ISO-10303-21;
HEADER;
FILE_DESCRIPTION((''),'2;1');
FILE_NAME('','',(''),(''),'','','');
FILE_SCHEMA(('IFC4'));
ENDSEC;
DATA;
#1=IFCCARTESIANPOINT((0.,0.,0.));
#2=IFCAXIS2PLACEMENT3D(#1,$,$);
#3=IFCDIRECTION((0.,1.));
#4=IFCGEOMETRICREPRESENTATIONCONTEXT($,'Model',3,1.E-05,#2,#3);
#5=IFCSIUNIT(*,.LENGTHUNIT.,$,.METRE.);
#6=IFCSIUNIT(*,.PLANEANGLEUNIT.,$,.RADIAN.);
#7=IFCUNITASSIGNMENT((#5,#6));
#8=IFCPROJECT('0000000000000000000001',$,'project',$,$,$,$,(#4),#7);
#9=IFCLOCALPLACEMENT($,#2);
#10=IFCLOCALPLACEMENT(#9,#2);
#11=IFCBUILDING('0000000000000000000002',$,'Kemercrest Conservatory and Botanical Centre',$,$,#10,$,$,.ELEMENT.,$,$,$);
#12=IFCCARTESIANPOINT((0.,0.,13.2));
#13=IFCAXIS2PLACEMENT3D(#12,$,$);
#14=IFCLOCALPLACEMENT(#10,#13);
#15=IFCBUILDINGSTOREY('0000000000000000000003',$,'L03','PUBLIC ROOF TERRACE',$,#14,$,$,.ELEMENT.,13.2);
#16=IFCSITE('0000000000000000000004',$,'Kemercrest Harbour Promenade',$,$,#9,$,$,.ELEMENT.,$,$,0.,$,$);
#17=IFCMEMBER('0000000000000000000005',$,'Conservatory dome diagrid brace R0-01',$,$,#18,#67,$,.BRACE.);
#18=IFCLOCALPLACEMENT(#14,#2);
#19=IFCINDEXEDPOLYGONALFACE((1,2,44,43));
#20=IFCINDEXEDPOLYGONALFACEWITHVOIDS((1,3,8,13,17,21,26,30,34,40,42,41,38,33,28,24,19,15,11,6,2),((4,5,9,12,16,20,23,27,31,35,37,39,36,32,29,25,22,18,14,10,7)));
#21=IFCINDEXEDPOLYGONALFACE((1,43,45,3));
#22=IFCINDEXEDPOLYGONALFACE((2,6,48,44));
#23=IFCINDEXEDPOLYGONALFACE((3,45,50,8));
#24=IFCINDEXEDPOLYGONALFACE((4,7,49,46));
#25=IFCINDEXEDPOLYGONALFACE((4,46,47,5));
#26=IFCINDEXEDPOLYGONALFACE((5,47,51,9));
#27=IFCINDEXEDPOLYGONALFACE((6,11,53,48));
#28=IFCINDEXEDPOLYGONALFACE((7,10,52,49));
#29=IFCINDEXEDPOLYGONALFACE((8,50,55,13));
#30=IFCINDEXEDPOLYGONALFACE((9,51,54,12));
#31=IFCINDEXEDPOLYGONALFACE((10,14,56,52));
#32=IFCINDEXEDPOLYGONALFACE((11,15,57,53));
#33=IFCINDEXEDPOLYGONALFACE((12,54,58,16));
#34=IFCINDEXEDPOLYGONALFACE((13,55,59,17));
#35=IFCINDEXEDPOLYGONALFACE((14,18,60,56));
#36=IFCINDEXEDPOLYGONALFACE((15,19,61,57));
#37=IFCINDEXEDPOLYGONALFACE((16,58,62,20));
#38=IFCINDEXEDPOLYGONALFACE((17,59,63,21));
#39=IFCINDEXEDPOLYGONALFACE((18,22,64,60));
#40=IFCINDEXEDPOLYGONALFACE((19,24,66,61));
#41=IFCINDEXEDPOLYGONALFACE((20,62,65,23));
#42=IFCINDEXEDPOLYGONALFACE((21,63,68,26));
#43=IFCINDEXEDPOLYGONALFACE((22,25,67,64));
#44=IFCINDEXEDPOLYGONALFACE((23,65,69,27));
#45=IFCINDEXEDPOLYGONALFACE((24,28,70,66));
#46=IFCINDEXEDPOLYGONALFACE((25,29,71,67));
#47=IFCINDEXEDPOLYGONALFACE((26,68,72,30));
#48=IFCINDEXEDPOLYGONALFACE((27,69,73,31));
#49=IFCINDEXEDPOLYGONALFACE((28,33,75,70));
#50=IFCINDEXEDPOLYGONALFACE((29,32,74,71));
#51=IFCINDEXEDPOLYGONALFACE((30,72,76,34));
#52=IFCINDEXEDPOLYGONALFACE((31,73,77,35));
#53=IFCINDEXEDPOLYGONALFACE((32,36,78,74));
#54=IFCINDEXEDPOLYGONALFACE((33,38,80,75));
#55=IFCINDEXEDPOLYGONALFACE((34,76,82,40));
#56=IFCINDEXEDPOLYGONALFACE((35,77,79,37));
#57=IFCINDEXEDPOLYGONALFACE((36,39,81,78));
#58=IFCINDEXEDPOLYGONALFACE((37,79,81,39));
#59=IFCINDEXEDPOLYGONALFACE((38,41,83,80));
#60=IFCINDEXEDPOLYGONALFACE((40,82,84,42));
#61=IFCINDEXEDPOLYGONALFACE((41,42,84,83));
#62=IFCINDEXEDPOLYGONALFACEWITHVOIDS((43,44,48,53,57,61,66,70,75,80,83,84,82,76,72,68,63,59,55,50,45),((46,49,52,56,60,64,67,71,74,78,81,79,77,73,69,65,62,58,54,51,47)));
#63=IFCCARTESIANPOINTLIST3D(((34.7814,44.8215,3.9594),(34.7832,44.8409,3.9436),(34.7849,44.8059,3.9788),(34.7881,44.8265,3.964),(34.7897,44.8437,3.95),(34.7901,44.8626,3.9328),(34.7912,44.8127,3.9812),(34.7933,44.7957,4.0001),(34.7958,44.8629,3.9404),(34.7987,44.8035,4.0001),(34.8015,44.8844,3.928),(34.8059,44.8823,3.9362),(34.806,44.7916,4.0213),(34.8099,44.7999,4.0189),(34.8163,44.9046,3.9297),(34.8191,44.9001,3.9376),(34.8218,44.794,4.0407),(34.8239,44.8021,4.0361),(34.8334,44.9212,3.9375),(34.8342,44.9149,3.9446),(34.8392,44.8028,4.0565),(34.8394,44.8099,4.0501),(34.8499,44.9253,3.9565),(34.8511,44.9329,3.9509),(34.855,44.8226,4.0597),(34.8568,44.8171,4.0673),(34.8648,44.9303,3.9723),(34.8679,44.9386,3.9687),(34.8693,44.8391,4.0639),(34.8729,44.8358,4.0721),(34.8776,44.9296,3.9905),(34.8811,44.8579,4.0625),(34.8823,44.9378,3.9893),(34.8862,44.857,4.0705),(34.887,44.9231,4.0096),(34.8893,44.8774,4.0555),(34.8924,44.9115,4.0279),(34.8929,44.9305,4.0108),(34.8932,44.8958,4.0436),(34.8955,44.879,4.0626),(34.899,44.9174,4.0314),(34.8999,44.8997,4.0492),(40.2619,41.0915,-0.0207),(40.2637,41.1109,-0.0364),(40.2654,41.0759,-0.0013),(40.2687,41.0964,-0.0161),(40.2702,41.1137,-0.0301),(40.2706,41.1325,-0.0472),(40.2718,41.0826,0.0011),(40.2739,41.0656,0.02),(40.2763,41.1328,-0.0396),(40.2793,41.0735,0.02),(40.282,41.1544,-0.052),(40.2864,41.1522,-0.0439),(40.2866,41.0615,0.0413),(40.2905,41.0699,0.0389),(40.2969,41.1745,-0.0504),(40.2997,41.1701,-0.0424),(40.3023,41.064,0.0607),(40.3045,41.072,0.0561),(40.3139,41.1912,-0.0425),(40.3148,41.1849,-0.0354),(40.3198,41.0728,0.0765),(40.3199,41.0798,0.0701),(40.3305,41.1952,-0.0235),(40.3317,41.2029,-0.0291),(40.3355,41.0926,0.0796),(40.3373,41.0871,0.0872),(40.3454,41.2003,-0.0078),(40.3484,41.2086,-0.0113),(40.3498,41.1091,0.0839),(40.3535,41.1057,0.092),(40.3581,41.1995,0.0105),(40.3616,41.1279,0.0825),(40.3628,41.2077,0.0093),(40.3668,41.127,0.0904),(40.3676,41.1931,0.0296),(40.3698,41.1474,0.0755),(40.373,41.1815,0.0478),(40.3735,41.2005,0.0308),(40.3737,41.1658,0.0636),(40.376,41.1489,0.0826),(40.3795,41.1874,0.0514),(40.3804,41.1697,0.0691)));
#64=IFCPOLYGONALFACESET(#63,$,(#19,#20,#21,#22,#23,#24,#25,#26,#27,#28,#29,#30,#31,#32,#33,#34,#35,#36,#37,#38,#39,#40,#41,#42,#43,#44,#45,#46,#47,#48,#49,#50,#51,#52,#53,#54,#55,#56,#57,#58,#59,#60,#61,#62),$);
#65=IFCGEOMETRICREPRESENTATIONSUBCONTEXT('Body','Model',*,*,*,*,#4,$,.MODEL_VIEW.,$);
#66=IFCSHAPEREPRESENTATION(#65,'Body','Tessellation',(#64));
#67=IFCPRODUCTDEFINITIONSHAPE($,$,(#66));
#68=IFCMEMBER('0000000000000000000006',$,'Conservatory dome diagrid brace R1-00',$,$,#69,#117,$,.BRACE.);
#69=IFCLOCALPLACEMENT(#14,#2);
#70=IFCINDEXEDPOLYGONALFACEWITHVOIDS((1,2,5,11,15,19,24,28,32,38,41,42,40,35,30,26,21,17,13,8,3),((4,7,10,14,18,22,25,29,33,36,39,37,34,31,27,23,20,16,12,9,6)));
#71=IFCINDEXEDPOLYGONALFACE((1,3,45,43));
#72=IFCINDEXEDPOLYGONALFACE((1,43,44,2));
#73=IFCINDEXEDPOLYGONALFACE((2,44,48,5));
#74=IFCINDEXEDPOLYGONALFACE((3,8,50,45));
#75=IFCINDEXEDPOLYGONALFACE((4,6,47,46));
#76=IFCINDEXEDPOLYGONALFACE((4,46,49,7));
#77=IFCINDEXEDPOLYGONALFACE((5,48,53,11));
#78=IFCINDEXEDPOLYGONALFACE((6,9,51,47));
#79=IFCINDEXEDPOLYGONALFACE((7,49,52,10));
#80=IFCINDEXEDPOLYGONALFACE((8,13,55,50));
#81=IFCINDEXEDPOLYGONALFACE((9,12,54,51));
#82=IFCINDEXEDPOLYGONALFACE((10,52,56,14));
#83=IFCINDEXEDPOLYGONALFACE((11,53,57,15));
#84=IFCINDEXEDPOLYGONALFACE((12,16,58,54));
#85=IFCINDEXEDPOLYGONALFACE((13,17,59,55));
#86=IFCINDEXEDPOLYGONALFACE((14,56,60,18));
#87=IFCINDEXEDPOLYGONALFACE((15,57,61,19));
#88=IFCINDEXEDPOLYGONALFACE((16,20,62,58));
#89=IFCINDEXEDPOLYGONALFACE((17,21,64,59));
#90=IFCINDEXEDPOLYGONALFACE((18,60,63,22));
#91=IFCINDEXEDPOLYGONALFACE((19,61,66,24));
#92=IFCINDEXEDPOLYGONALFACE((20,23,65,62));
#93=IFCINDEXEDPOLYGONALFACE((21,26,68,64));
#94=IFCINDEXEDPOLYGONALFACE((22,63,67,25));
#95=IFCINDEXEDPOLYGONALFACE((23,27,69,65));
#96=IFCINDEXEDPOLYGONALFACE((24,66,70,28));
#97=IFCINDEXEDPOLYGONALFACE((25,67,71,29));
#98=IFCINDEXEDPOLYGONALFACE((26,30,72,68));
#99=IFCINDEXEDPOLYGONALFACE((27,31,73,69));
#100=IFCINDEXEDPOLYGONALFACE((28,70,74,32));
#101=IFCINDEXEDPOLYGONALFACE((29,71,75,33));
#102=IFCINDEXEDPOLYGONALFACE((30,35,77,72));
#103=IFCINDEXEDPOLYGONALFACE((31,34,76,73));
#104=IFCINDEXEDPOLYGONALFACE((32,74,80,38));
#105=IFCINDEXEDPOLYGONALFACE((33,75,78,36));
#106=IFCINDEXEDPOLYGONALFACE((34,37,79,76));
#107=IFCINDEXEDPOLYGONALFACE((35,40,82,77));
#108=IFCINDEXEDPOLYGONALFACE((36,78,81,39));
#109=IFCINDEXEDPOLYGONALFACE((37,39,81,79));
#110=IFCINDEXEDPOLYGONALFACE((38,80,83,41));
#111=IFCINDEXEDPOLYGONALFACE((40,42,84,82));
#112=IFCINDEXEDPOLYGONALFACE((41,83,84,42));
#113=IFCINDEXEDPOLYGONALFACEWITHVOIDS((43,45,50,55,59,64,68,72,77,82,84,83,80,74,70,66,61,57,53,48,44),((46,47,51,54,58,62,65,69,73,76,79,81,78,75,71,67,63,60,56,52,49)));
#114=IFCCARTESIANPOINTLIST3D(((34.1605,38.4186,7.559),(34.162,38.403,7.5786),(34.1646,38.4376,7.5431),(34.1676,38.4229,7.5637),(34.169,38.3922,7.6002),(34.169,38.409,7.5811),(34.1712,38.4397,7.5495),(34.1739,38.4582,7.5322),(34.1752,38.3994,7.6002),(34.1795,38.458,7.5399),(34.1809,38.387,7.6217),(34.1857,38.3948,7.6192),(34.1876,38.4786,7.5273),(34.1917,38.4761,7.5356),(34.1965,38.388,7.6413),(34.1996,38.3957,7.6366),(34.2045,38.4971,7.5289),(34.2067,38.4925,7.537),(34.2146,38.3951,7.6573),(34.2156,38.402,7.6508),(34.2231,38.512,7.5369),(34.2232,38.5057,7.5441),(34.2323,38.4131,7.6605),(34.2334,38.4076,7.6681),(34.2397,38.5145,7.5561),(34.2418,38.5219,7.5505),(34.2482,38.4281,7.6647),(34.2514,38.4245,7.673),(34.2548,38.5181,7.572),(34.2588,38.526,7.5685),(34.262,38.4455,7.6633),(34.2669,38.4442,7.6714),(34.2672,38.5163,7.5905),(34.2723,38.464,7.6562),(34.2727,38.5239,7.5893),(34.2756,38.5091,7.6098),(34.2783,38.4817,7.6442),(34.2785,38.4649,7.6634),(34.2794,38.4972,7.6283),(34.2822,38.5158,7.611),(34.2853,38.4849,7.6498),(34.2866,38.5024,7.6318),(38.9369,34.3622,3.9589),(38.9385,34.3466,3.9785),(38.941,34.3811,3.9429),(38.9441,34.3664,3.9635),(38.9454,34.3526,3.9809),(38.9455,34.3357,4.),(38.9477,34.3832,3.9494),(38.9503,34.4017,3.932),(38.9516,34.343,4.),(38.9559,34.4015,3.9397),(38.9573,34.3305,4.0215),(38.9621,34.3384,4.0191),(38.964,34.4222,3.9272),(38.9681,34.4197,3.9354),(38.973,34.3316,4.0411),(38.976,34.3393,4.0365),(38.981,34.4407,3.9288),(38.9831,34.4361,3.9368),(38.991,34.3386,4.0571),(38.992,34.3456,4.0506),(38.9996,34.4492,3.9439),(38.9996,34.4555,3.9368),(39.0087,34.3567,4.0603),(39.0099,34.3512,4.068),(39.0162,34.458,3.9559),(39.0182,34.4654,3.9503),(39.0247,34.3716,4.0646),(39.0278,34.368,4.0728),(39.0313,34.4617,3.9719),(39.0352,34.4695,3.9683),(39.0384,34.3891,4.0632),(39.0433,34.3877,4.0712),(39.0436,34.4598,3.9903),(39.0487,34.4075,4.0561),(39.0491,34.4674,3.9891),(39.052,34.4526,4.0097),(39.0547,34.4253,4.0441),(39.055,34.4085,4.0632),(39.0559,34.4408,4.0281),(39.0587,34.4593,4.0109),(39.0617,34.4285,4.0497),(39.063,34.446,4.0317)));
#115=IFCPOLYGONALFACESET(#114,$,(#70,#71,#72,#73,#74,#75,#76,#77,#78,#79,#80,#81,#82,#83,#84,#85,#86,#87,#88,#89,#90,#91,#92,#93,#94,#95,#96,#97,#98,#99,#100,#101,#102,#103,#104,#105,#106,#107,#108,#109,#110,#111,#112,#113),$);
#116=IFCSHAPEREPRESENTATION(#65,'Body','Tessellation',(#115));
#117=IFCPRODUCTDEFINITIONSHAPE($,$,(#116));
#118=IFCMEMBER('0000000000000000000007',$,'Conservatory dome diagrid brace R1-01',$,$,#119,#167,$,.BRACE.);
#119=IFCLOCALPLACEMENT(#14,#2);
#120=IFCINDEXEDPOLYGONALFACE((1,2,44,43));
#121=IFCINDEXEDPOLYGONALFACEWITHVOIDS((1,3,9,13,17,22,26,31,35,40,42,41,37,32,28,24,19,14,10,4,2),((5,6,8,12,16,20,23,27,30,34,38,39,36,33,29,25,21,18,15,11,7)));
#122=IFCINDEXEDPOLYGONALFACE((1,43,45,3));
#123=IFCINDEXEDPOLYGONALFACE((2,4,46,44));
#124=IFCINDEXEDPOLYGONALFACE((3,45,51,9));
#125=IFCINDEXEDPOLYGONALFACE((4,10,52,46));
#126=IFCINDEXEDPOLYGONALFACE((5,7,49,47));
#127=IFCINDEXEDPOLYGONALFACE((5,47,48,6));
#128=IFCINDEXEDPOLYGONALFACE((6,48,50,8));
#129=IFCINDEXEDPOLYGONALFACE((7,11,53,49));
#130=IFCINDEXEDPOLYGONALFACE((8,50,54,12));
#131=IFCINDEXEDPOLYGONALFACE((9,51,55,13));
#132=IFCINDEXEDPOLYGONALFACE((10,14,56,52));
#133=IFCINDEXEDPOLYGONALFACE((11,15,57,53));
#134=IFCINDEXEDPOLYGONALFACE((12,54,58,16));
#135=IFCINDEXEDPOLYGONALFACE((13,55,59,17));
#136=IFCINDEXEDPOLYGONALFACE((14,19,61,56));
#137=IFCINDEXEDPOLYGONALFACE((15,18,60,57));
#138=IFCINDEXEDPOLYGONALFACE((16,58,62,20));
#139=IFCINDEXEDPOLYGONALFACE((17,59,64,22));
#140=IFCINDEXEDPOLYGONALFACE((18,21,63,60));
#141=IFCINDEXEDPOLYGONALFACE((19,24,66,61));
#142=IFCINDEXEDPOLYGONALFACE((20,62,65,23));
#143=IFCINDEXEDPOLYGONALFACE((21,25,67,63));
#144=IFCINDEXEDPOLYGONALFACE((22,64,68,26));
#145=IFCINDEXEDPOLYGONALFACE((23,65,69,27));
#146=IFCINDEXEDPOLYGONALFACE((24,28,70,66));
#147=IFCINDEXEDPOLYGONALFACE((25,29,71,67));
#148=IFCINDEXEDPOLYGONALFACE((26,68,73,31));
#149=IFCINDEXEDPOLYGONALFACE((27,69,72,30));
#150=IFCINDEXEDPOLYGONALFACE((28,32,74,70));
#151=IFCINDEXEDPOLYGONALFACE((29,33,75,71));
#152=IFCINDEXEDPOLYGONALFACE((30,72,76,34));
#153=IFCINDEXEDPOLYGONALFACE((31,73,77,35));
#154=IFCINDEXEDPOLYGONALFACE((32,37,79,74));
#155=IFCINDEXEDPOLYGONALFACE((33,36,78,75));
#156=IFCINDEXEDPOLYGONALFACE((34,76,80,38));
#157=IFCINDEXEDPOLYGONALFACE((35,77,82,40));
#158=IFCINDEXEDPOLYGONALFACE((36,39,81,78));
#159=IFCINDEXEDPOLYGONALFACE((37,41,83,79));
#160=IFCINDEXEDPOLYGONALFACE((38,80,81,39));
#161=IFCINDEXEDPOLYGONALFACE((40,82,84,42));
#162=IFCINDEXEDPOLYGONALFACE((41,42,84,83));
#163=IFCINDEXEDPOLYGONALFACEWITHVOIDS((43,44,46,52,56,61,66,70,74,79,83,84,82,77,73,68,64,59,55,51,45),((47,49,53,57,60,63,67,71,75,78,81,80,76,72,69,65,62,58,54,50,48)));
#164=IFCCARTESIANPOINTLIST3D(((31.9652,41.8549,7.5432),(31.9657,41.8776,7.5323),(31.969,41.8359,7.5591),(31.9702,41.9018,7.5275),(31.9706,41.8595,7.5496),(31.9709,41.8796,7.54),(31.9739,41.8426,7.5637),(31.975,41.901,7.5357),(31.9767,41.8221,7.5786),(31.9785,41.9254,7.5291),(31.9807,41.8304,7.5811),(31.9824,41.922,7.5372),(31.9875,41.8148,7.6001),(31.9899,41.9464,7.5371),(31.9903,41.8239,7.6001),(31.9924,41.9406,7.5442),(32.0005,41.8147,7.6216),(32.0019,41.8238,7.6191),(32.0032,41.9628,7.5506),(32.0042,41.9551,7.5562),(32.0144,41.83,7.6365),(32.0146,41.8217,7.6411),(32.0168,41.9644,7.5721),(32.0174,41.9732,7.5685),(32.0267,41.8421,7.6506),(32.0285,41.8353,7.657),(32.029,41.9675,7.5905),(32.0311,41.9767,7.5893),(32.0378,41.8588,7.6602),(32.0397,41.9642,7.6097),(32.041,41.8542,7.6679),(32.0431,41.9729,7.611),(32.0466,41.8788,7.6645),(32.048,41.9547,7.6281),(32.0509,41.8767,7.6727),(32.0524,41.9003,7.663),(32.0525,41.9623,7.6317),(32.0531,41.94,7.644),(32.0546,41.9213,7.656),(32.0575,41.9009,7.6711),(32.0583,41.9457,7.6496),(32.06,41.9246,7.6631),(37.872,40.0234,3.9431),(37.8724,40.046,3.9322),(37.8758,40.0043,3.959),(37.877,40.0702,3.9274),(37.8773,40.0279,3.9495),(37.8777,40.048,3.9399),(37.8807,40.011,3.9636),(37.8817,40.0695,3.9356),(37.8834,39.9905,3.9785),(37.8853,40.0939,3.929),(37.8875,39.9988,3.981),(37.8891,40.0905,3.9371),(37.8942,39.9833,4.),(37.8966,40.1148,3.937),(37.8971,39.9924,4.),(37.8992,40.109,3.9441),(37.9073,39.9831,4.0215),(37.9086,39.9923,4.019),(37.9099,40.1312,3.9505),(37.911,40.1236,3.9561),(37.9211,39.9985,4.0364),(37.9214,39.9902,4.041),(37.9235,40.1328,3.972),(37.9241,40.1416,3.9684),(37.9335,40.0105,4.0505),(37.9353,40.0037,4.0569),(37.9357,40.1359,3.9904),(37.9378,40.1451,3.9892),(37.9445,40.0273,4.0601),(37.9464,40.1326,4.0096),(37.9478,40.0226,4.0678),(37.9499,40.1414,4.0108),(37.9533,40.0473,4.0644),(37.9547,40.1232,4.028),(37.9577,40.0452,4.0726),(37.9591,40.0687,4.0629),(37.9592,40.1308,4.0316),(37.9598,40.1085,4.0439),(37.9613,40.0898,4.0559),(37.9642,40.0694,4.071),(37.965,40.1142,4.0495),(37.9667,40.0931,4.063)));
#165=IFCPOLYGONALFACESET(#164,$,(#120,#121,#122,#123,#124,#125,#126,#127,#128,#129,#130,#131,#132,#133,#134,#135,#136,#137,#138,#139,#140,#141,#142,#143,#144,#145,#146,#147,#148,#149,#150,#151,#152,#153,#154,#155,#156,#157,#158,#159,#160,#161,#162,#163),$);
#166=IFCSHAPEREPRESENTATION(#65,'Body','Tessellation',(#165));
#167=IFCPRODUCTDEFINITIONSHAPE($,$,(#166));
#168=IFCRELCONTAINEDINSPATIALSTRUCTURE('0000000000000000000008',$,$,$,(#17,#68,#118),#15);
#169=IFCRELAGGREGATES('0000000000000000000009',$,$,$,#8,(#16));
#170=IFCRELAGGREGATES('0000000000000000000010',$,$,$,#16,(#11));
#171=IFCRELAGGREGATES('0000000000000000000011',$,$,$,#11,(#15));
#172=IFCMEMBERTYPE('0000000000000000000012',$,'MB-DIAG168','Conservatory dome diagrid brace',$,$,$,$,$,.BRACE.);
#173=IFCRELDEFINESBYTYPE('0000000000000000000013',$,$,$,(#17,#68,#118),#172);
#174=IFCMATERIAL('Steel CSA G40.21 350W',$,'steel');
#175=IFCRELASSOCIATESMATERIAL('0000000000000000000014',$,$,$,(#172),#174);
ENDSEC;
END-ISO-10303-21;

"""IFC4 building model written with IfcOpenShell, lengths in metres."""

from ifc_helpers import new_model, si_unit, direction, frame, origin, origin_2d, place, context, subcontext, project, spatial, hollow_circle, extrude, material, material_profile, profile_set, type_object, element, save


model = new_model("IFC4")

# Units and contexts
model_context = context("Model", 3, precision=1e-05, world=origin(), true_north=direction((0.0, 1.0)))
body_context = subcontext(model_context, "Body", "Model", "MODEL_VIEW")
ifc_project = project(units=[si_unit("LENGTHUNIT", "METRE"), si_unit("PLANEANGLEUNIT", "RADIAN")], contexts=[model_context])

# Site, building, storey
site_placement = place(None, origin())
site = spatial("IfcSite", under=ifc_project, at=site_placement, Name="Kemercrest Harbour Promenade", CompositionType="ELEMENT", RefElevation=0.0)
building_placement = place(site_placement, origin())
building = spatial("IfcBuilding", under=site, at=building_placement, Name="Kemercrest Conservatory and Botanical Centre", CompositionType="ELEMENT")
storey_placement = place(building_placement, frame((0.0, 0.0, 13.2)))
storey = spatial("IfcBuildingStorey", under=building, at=storey_placement, Name="L03", Description="PUBLIC ROOF TERRACE", CompositionType="ELEMENT", Elevation=13.2)

# Shared definitions
ifc_material_1 = material(Name="Steel CSA G40.21 350W", Category="steel")

# Members
ifc_material_profile_1 = material_profile(ifc_material_1, hollow_circle(Radius=0.0842, WallThickness=0.0095, at=origin_2d()), Name="CHS 168.3x9.5")
ifc_profile_set_1 = profile_set([ifc_material_profile_1], Name="Steel CSA G40.21 350W")
member_type_1 = type_object("IfcMemberType", Name="MB-DIAG168", Description="Conservatory dome diagrid brace", PredefinedType="BRACE", material=ifc_profile_set_1)
member_1_placement = place(storey_placement, frame((40.3213, 41.1353, 0.02), z_axis=(-0.708776, 0.482389, 0.514721), x_axis=(-0.562646, -0.826698, 0.0)))
element("IfcMember", 1, at=member_1_placement, inside=storey, type_object=member_type_1, Name="Conservatory dome diagrid brace R0-01", PredefinedType="BRACE", context=body_context, shape_type="SweptSolid", body=[
    extrude(hollow_circle(Radius=0.0842, WallThickness=0.0095, at=origin_2d()), origin(), (0.0, 0.0, 1.0), 7.7324),
])
member_2_placement = place(storey_placement, frame((39.0, 34.3999, 4.0), z_axis=(-0.660911, 0.561288, 0.498149), x_axis=(-0.647323, -0.762216, 0.0)))
element("IfcMember", 2, at=member_2_placement, inside=storey, type_object=member_type_1, Name="Conservatory dome diagrid brace R1-00", PredefinedType="BRACE", context=body_context, shape_type="SweptSolid", body=[
    extrude(hollow_circle(Radius=0.0842, WallThickness=0.0095, at=origin_2d()), origin(), (0.0, 0.0, 1.0), 7.2271),
])
member_3_placement = place(storey_placement, frame((37.9192, 40.0637, 4.0), z_axis=(-0.825453, 0.255954, 0.503105), x_axis=(-0.296166, -0.955137, 0.0)))
element("IfcMember", 3, at=member_3_placement, inside=storey, type_object=member_type_1, Name="Conservatory dome diagrid brace R1-01", PredefinedType="BRACE", context=body_context, shape_type="SweptSolid", body=[
    extrude(hollow_circle(Radius=0.0842, WallThickness=0.0095, at=origin_2d()), origin(), (0.0, 0.0, 1.0), 7.1558),
])

save(model, "model.ifc")
